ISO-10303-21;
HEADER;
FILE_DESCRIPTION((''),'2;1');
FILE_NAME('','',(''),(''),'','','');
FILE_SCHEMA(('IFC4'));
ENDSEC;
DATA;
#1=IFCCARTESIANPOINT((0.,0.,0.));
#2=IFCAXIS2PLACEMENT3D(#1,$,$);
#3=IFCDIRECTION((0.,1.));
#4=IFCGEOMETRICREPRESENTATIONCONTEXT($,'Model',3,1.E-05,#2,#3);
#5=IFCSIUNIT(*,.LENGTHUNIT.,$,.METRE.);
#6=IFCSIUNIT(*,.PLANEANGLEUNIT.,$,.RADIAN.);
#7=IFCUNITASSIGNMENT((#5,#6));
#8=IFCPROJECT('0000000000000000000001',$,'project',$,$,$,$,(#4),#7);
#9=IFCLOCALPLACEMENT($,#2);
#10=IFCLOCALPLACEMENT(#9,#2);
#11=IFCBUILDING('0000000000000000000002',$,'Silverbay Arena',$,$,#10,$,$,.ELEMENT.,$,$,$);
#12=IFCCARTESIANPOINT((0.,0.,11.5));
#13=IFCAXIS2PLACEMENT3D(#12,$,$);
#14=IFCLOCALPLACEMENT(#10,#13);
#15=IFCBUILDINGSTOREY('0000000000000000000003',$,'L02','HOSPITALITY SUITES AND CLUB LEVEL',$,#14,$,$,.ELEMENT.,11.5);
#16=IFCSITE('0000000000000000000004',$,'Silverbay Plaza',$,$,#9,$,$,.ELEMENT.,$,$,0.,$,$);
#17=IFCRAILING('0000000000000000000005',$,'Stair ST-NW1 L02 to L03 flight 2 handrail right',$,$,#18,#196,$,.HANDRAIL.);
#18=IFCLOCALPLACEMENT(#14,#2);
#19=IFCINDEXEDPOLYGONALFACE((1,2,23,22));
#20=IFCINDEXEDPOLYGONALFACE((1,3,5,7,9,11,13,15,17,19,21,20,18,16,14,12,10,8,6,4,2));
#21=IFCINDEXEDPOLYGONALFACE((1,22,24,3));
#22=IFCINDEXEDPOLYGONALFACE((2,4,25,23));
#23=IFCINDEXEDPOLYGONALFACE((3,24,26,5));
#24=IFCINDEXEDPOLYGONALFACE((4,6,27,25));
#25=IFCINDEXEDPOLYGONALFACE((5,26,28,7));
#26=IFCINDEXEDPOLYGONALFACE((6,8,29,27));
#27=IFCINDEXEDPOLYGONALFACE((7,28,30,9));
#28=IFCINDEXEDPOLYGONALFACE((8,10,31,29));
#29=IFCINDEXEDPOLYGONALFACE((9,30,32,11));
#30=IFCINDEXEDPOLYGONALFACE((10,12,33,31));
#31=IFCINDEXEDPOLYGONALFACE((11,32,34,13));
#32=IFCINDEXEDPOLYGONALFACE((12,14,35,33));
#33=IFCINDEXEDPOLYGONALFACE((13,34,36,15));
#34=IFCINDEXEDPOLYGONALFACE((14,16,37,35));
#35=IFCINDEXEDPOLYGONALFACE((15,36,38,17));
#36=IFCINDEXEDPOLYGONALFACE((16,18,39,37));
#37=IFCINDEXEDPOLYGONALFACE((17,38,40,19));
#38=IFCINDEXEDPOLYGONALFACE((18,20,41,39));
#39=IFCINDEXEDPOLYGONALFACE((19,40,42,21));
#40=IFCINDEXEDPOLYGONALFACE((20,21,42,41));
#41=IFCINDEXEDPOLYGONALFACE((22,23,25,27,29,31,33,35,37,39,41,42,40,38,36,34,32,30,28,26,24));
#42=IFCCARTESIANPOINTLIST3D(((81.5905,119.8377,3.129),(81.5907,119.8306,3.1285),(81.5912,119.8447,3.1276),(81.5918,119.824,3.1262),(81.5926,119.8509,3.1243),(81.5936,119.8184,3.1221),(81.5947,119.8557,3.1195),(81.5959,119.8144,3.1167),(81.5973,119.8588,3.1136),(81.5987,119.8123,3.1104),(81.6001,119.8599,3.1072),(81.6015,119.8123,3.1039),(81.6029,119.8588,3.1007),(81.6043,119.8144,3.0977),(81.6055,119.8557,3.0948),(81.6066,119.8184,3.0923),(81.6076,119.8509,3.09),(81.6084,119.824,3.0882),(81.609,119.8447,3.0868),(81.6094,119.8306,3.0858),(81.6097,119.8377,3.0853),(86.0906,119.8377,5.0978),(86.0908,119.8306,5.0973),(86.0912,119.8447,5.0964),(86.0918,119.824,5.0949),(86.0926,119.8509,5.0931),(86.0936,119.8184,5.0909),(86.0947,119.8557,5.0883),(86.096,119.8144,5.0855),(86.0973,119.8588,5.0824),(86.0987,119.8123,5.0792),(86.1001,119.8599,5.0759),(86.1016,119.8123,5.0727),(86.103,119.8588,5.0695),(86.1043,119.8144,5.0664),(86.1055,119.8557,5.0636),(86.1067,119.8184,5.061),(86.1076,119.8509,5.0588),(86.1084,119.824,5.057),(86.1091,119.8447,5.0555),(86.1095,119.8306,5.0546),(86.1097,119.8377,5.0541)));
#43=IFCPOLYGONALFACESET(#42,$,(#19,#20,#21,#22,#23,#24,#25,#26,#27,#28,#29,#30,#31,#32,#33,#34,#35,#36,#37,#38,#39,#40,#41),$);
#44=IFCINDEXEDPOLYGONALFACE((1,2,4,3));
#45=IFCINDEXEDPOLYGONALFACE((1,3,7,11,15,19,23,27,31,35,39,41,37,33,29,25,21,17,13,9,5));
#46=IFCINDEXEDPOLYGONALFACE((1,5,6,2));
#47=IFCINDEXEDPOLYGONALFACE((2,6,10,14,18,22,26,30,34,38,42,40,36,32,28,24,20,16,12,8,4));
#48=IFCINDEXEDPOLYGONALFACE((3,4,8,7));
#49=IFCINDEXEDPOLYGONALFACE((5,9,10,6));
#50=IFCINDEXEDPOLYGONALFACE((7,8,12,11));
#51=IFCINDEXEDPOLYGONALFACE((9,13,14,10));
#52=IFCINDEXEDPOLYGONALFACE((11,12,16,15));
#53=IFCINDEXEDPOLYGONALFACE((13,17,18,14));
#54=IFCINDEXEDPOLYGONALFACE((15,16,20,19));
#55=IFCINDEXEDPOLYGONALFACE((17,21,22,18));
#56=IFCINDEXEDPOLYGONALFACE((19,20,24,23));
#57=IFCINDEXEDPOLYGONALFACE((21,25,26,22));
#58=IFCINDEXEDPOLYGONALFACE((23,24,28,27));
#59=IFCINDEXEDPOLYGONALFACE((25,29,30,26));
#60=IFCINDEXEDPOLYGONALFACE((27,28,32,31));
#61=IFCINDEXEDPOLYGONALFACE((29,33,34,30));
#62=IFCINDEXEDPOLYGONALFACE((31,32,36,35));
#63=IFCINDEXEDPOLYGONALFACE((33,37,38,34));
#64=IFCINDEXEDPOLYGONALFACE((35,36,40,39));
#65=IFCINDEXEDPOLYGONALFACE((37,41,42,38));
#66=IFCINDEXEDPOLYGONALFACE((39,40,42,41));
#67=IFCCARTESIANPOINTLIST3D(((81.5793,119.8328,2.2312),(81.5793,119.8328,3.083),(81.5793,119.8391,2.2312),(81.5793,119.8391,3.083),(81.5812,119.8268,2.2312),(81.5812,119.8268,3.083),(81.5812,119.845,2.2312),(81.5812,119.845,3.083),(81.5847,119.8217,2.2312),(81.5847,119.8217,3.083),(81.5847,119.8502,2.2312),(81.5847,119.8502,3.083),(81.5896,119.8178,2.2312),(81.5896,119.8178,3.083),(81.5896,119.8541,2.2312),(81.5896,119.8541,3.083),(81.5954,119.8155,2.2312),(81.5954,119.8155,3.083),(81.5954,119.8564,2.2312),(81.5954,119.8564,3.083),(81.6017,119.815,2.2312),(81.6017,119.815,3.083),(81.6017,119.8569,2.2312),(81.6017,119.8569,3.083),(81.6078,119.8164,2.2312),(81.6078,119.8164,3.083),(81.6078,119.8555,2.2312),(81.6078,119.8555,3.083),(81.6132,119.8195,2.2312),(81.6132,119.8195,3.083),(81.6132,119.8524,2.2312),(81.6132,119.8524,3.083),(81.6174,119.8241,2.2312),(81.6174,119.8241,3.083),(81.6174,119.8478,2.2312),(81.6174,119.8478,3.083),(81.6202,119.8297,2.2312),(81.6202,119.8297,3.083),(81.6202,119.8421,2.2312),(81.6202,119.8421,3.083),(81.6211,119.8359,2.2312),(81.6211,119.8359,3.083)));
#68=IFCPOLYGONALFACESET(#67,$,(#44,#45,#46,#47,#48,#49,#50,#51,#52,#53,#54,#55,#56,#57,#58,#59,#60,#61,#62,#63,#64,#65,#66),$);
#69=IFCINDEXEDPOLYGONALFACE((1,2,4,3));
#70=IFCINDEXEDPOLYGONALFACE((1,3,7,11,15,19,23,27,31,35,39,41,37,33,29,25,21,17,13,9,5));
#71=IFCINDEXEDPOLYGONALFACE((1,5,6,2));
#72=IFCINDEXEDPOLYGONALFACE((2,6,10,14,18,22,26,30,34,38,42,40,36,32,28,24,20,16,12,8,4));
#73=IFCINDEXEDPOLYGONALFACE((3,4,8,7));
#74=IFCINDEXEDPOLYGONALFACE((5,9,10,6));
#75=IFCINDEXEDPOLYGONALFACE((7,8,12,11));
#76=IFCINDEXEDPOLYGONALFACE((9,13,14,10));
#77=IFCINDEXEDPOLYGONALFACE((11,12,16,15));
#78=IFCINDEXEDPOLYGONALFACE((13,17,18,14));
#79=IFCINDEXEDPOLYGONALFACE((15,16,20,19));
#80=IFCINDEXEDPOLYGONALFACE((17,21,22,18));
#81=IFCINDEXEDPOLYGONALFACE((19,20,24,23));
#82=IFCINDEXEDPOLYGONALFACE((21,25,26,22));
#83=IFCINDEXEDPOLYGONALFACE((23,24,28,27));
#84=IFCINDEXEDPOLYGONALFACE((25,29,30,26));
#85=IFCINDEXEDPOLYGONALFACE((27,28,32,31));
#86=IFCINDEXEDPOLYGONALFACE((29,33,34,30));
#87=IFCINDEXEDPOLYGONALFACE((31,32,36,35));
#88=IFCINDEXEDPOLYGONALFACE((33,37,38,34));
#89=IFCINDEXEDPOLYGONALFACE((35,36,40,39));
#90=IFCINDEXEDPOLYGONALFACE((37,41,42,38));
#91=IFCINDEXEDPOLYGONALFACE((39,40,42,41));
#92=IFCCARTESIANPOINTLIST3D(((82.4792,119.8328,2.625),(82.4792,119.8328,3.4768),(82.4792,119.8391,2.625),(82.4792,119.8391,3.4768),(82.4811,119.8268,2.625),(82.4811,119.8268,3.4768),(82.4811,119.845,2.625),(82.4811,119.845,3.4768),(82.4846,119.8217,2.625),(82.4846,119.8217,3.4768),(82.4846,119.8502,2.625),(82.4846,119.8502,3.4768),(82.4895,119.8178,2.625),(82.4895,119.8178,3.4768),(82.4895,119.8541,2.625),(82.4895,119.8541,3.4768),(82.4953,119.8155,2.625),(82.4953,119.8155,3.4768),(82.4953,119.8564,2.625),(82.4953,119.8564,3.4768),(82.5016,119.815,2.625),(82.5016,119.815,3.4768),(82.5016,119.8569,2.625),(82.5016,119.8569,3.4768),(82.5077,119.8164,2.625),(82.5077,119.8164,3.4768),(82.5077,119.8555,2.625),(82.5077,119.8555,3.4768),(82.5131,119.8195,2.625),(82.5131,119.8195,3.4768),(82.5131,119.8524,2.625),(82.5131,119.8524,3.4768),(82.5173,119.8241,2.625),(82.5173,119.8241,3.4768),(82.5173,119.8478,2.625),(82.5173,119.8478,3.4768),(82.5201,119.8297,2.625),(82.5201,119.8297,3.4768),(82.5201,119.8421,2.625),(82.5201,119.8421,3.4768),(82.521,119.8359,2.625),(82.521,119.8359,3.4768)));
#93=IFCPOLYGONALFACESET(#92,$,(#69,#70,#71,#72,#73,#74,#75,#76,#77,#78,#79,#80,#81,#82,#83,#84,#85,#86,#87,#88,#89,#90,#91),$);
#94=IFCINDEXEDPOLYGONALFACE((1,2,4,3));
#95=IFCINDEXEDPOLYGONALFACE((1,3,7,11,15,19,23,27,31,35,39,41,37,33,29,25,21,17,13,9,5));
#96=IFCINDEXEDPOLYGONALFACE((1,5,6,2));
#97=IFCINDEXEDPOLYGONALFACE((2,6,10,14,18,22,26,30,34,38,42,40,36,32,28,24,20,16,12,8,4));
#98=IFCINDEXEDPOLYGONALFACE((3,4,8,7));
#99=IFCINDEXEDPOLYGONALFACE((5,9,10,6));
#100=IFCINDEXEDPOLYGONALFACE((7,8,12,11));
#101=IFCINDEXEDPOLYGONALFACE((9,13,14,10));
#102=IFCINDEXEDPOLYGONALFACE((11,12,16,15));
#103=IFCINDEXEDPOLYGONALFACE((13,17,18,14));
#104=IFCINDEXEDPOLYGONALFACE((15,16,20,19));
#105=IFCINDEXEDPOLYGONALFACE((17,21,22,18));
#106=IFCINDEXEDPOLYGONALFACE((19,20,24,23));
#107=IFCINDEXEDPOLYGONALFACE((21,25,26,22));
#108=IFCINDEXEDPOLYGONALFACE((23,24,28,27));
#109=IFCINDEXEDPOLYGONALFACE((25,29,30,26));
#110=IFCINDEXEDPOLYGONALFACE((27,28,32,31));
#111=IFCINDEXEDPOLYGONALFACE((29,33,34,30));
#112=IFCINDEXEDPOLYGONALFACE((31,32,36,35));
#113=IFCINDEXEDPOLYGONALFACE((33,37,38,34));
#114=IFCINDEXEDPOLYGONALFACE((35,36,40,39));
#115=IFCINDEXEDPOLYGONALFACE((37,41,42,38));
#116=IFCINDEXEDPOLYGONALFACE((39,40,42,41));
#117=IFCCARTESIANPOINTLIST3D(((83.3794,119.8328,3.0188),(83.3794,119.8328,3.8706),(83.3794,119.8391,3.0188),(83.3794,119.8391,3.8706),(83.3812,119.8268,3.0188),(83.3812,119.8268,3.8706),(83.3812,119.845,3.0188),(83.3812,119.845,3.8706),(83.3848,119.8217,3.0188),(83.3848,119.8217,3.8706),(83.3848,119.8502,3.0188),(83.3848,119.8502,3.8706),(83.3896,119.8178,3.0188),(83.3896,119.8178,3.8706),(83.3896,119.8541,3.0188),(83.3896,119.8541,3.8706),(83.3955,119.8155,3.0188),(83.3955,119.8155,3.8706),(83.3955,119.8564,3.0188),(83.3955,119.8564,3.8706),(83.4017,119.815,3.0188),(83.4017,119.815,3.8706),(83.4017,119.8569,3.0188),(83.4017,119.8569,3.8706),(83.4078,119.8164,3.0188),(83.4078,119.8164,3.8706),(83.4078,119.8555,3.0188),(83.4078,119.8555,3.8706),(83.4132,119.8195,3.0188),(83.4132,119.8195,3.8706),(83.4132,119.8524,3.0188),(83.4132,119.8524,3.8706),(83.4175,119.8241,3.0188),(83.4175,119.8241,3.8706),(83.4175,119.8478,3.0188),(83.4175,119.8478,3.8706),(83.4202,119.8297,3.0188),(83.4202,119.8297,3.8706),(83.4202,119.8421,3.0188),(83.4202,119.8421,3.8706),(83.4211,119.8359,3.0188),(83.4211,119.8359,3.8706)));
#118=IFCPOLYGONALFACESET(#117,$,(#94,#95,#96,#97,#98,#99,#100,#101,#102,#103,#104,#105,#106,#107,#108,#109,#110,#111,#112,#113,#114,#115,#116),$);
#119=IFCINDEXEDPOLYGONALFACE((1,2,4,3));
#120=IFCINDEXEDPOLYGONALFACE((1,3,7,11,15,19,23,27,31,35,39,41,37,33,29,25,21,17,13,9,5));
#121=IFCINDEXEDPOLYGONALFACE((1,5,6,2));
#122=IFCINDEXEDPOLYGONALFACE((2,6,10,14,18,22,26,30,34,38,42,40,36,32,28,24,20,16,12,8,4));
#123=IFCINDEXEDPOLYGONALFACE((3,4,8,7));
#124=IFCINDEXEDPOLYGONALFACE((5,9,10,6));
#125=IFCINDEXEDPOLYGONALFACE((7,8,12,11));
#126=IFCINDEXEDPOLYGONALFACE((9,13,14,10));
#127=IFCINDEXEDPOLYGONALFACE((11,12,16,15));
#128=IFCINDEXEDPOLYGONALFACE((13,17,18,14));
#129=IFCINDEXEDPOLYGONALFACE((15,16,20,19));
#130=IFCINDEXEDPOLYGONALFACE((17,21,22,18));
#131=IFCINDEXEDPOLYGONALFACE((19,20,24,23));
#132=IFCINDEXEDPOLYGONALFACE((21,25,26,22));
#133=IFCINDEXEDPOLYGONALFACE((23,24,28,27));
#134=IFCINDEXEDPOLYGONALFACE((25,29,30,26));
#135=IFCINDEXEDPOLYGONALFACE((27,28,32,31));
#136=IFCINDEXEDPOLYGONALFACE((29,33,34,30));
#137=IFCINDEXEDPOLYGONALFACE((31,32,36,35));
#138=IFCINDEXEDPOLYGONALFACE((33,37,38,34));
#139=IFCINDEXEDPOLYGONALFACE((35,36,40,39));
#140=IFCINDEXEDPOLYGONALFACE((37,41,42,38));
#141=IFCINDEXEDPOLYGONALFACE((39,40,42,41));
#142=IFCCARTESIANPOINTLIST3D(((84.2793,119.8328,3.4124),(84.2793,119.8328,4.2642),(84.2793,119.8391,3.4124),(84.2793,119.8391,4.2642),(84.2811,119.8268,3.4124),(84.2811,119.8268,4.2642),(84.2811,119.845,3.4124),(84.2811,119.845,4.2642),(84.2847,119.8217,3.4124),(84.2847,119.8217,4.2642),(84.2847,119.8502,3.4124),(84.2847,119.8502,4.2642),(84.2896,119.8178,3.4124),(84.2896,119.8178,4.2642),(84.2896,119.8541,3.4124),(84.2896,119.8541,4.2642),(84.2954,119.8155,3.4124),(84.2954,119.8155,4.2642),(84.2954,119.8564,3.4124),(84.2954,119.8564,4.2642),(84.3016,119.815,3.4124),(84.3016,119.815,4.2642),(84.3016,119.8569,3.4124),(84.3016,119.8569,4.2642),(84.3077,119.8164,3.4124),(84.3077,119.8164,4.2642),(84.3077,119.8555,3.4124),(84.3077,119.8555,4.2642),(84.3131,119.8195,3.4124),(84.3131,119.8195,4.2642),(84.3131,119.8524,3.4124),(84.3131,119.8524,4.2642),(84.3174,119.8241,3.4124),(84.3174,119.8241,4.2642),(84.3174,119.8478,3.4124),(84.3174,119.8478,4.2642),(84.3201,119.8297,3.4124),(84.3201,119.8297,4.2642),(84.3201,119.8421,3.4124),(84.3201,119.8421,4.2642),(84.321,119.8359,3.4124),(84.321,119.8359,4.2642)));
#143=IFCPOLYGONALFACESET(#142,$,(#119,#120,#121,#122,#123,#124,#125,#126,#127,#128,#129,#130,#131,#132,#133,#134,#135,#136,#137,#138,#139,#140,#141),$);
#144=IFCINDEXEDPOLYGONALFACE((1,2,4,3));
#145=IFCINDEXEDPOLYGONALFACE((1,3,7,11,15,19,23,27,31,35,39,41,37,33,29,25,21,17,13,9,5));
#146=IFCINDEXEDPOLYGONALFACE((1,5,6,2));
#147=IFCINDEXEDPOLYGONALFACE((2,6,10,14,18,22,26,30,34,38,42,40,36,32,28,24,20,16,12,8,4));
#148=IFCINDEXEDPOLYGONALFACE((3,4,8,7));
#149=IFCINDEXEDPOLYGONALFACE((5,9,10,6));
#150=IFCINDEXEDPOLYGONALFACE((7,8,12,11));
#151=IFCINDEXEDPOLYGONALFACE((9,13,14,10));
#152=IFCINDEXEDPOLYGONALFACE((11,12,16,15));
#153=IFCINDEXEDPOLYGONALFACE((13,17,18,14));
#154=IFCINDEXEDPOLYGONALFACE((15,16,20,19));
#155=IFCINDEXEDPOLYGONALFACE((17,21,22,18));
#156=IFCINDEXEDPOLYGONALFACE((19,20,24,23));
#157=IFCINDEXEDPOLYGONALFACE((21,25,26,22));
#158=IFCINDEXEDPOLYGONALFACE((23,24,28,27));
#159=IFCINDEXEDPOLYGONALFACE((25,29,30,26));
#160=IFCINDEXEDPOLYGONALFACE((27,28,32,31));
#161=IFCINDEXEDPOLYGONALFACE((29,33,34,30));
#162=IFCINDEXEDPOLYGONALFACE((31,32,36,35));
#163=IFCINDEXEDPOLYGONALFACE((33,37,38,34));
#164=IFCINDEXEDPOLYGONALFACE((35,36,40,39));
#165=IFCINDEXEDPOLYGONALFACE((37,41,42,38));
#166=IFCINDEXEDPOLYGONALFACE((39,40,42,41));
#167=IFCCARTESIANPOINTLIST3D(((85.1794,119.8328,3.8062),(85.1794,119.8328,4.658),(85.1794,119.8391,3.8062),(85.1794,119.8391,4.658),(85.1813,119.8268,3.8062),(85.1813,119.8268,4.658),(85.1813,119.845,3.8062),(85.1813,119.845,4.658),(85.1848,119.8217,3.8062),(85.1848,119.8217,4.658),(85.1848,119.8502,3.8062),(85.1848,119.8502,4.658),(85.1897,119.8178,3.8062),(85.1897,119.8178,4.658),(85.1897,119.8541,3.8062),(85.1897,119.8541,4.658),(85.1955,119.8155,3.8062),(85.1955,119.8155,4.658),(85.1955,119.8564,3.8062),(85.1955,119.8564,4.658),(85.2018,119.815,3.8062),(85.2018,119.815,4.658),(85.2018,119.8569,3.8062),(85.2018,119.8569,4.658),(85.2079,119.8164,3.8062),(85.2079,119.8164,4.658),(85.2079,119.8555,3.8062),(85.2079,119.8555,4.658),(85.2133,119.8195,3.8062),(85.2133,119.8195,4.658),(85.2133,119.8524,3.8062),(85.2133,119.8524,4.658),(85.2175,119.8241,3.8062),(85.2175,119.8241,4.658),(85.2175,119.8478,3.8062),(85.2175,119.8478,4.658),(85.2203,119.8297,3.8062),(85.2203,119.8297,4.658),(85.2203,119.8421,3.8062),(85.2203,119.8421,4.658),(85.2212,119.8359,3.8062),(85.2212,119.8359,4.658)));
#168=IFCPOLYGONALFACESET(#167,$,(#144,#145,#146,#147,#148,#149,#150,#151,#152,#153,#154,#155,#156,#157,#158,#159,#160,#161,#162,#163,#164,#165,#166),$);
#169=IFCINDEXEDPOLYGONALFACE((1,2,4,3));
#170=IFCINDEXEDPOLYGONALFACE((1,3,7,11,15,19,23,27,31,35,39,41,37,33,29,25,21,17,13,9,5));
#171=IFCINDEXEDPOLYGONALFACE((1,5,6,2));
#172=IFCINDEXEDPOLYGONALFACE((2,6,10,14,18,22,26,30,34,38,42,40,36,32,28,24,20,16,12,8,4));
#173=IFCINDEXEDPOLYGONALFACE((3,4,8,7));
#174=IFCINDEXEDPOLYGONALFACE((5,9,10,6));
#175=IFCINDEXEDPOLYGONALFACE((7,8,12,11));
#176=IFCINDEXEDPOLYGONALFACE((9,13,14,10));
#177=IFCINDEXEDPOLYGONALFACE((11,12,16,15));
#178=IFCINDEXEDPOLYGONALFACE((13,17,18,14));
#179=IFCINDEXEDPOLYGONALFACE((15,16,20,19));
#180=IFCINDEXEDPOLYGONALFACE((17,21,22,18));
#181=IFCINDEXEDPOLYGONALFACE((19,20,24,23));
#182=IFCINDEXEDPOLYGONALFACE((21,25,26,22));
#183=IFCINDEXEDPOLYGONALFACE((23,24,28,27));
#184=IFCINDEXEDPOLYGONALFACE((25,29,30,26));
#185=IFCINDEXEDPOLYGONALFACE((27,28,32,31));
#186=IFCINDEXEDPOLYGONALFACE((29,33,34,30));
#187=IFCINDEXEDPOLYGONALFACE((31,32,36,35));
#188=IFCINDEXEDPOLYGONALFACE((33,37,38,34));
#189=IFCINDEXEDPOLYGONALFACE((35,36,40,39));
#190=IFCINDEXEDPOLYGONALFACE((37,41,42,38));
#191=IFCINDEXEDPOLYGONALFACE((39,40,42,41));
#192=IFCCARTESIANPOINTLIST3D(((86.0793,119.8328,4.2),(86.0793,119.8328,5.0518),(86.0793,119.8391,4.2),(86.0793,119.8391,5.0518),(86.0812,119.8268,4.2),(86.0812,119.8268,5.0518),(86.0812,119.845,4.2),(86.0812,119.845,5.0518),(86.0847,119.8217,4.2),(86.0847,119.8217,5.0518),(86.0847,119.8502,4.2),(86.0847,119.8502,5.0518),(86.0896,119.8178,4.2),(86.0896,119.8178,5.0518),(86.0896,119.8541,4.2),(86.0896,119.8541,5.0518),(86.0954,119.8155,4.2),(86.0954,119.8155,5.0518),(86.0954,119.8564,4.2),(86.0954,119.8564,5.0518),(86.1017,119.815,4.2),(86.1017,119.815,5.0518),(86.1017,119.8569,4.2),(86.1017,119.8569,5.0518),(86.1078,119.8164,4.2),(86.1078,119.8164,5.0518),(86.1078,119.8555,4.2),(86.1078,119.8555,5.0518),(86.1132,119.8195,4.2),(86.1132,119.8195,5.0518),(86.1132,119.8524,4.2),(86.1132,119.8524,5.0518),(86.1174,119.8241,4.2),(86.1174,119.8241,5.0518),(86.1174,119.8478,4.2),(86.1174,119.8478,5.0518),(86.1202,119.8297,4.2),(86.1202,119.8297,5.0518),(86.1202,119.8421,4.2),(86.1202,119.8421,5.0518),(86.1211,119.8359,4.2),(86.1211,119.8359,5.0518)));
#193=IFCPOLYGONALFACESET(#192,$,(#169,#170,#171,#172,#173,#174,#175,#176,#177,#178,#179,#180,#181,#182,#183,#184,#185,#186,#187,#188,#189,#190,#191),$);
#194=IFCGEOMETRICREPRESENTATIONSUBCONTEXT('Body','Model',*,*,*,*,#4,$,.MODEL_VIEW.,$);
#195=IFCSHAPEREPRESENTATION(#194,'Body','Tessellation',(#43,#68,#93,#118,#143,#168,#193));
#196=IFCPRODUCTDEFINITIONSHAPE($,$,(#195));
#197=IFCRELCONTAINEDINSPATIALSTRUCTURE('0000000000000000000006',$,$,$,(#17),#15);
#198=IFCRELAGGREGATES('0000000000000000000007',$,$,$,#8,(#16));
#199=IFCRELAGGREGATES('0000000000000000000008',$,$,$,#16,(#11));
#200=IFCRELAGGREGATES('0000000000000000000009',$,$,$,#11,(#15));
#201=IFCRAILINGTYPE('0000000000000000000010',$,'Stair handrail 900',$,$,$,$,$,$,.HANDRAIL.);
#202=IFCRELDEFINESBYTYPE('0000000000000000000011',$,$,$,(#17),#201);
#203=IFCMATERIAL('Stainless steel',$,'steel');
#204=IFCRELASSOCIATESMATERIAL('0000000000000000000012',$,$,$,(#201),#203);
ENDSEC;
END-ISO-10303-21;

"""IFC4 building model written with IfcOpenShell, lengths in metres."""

from ifc_helpers import new_model, si_unit, direction, frame, origin, origin_2d, place, context, subcontext, project, spatial, circle, extrude, material, type_object, element, save


model = new_model("IFC4")

# Units and contexts
model_context = context("Model", 3, precision=1e-05, world=origin(), true_north=direction((0.0, 1.0)))
body_context = subcontext(model_context, "Body", "Model", "MODEL_VIEW")
ifc_project = project(units=[si_unit("LENGTHUNIT", "METRE"), si_unit("PLANEANGLEUNIT", "RADIAN")], contexts=[model_context])

# Site, building, storey
site_placement = place(None, origin())
site = spatial("IfcSite", under=ifc_project, at=site_placement, Name="Silverbay Plaza", CompositionType="ELEMENT", RefElevation=0.0)
building_placement = place(site_placement, origin())
building = spatial("IfcBuilding", under=site, at=building_placement, Name="Silverbay Arena", CompositionType="ELEMENT")
storey_placement = place(building_placement, frame((0.0, 0.0, 11.5)))
storey = spatial("IfcBuildingStorey", under=building, at=storey_placement, Name="L02", Description="HOSPITALITY SUITES AND CLUB LEVEL", CompositionType="ELEMENT", Elevation=11.5)

# Railing
ifc_material_1 = material(Name="Stainless steel", Category="steel")
railing_type_1 = type_object("IfcRailingType", Name="Stair handrail 900", PredefinedType="HANDRAIL", material=ifc_material_1)
for number, where, name in (
    (1, (81.6001, 119.8359, 2.2312), "Stair ST-NW1 L02 to L03 flight 2 handrail right"),
):
    element("IfcRailing", number, at=place(storey_placement, frame(where)), inside=storey, type_object=railing_type_1, Name=name, PredefinedType="HANDRAIL", context=body_context, shape_type="SweptSolid", body=[
        extrude(circle(Radius=0.0239, at=origin_2d()), frame((0.0, 0.0, 0.876), z_axis=(0.916157, 0.0, 0.400819), x_axis=(0.0, 1.0, 0.0)), (0.0, 0.0, 1.0), 4.9119),
        extrude(circle(Radius=0.021, at=origin_2d()), origin(), (0.0, 0.0, 1.0), 0.8518),
        extrude(circle(Radius=0.021, at=origin_2d()), frame((0.8999, 0.0, 0.3938)), (0.0, 0.0, 1.0), 0.8518),
        extrude(circle(Radius=0.021, at=origin_2d()), frame((1.8, 0.0, 0.7876)), (0.0, 0.0, 1.0), 0.8518),
        extrude(circle(Radius=0.021, at=origin_2d()), frame((2.7, 0.0, 1.1812)), (0.0, 0.0, 1.0), 0.8518),
        extrude(circle(Radius=0.021, at=origin_2d()), frame((3.6001, 0.0, 1.575)), (0.0, 0.0, 1.0), 0.8518),
        extrude(circle(Radius=0.021, at=origin_2d()), frame((4.5, 0.0, 1.9688)), (0.0, 0.0, 1.0), 0.8518),
    ])

save(model, "model.ifc")
